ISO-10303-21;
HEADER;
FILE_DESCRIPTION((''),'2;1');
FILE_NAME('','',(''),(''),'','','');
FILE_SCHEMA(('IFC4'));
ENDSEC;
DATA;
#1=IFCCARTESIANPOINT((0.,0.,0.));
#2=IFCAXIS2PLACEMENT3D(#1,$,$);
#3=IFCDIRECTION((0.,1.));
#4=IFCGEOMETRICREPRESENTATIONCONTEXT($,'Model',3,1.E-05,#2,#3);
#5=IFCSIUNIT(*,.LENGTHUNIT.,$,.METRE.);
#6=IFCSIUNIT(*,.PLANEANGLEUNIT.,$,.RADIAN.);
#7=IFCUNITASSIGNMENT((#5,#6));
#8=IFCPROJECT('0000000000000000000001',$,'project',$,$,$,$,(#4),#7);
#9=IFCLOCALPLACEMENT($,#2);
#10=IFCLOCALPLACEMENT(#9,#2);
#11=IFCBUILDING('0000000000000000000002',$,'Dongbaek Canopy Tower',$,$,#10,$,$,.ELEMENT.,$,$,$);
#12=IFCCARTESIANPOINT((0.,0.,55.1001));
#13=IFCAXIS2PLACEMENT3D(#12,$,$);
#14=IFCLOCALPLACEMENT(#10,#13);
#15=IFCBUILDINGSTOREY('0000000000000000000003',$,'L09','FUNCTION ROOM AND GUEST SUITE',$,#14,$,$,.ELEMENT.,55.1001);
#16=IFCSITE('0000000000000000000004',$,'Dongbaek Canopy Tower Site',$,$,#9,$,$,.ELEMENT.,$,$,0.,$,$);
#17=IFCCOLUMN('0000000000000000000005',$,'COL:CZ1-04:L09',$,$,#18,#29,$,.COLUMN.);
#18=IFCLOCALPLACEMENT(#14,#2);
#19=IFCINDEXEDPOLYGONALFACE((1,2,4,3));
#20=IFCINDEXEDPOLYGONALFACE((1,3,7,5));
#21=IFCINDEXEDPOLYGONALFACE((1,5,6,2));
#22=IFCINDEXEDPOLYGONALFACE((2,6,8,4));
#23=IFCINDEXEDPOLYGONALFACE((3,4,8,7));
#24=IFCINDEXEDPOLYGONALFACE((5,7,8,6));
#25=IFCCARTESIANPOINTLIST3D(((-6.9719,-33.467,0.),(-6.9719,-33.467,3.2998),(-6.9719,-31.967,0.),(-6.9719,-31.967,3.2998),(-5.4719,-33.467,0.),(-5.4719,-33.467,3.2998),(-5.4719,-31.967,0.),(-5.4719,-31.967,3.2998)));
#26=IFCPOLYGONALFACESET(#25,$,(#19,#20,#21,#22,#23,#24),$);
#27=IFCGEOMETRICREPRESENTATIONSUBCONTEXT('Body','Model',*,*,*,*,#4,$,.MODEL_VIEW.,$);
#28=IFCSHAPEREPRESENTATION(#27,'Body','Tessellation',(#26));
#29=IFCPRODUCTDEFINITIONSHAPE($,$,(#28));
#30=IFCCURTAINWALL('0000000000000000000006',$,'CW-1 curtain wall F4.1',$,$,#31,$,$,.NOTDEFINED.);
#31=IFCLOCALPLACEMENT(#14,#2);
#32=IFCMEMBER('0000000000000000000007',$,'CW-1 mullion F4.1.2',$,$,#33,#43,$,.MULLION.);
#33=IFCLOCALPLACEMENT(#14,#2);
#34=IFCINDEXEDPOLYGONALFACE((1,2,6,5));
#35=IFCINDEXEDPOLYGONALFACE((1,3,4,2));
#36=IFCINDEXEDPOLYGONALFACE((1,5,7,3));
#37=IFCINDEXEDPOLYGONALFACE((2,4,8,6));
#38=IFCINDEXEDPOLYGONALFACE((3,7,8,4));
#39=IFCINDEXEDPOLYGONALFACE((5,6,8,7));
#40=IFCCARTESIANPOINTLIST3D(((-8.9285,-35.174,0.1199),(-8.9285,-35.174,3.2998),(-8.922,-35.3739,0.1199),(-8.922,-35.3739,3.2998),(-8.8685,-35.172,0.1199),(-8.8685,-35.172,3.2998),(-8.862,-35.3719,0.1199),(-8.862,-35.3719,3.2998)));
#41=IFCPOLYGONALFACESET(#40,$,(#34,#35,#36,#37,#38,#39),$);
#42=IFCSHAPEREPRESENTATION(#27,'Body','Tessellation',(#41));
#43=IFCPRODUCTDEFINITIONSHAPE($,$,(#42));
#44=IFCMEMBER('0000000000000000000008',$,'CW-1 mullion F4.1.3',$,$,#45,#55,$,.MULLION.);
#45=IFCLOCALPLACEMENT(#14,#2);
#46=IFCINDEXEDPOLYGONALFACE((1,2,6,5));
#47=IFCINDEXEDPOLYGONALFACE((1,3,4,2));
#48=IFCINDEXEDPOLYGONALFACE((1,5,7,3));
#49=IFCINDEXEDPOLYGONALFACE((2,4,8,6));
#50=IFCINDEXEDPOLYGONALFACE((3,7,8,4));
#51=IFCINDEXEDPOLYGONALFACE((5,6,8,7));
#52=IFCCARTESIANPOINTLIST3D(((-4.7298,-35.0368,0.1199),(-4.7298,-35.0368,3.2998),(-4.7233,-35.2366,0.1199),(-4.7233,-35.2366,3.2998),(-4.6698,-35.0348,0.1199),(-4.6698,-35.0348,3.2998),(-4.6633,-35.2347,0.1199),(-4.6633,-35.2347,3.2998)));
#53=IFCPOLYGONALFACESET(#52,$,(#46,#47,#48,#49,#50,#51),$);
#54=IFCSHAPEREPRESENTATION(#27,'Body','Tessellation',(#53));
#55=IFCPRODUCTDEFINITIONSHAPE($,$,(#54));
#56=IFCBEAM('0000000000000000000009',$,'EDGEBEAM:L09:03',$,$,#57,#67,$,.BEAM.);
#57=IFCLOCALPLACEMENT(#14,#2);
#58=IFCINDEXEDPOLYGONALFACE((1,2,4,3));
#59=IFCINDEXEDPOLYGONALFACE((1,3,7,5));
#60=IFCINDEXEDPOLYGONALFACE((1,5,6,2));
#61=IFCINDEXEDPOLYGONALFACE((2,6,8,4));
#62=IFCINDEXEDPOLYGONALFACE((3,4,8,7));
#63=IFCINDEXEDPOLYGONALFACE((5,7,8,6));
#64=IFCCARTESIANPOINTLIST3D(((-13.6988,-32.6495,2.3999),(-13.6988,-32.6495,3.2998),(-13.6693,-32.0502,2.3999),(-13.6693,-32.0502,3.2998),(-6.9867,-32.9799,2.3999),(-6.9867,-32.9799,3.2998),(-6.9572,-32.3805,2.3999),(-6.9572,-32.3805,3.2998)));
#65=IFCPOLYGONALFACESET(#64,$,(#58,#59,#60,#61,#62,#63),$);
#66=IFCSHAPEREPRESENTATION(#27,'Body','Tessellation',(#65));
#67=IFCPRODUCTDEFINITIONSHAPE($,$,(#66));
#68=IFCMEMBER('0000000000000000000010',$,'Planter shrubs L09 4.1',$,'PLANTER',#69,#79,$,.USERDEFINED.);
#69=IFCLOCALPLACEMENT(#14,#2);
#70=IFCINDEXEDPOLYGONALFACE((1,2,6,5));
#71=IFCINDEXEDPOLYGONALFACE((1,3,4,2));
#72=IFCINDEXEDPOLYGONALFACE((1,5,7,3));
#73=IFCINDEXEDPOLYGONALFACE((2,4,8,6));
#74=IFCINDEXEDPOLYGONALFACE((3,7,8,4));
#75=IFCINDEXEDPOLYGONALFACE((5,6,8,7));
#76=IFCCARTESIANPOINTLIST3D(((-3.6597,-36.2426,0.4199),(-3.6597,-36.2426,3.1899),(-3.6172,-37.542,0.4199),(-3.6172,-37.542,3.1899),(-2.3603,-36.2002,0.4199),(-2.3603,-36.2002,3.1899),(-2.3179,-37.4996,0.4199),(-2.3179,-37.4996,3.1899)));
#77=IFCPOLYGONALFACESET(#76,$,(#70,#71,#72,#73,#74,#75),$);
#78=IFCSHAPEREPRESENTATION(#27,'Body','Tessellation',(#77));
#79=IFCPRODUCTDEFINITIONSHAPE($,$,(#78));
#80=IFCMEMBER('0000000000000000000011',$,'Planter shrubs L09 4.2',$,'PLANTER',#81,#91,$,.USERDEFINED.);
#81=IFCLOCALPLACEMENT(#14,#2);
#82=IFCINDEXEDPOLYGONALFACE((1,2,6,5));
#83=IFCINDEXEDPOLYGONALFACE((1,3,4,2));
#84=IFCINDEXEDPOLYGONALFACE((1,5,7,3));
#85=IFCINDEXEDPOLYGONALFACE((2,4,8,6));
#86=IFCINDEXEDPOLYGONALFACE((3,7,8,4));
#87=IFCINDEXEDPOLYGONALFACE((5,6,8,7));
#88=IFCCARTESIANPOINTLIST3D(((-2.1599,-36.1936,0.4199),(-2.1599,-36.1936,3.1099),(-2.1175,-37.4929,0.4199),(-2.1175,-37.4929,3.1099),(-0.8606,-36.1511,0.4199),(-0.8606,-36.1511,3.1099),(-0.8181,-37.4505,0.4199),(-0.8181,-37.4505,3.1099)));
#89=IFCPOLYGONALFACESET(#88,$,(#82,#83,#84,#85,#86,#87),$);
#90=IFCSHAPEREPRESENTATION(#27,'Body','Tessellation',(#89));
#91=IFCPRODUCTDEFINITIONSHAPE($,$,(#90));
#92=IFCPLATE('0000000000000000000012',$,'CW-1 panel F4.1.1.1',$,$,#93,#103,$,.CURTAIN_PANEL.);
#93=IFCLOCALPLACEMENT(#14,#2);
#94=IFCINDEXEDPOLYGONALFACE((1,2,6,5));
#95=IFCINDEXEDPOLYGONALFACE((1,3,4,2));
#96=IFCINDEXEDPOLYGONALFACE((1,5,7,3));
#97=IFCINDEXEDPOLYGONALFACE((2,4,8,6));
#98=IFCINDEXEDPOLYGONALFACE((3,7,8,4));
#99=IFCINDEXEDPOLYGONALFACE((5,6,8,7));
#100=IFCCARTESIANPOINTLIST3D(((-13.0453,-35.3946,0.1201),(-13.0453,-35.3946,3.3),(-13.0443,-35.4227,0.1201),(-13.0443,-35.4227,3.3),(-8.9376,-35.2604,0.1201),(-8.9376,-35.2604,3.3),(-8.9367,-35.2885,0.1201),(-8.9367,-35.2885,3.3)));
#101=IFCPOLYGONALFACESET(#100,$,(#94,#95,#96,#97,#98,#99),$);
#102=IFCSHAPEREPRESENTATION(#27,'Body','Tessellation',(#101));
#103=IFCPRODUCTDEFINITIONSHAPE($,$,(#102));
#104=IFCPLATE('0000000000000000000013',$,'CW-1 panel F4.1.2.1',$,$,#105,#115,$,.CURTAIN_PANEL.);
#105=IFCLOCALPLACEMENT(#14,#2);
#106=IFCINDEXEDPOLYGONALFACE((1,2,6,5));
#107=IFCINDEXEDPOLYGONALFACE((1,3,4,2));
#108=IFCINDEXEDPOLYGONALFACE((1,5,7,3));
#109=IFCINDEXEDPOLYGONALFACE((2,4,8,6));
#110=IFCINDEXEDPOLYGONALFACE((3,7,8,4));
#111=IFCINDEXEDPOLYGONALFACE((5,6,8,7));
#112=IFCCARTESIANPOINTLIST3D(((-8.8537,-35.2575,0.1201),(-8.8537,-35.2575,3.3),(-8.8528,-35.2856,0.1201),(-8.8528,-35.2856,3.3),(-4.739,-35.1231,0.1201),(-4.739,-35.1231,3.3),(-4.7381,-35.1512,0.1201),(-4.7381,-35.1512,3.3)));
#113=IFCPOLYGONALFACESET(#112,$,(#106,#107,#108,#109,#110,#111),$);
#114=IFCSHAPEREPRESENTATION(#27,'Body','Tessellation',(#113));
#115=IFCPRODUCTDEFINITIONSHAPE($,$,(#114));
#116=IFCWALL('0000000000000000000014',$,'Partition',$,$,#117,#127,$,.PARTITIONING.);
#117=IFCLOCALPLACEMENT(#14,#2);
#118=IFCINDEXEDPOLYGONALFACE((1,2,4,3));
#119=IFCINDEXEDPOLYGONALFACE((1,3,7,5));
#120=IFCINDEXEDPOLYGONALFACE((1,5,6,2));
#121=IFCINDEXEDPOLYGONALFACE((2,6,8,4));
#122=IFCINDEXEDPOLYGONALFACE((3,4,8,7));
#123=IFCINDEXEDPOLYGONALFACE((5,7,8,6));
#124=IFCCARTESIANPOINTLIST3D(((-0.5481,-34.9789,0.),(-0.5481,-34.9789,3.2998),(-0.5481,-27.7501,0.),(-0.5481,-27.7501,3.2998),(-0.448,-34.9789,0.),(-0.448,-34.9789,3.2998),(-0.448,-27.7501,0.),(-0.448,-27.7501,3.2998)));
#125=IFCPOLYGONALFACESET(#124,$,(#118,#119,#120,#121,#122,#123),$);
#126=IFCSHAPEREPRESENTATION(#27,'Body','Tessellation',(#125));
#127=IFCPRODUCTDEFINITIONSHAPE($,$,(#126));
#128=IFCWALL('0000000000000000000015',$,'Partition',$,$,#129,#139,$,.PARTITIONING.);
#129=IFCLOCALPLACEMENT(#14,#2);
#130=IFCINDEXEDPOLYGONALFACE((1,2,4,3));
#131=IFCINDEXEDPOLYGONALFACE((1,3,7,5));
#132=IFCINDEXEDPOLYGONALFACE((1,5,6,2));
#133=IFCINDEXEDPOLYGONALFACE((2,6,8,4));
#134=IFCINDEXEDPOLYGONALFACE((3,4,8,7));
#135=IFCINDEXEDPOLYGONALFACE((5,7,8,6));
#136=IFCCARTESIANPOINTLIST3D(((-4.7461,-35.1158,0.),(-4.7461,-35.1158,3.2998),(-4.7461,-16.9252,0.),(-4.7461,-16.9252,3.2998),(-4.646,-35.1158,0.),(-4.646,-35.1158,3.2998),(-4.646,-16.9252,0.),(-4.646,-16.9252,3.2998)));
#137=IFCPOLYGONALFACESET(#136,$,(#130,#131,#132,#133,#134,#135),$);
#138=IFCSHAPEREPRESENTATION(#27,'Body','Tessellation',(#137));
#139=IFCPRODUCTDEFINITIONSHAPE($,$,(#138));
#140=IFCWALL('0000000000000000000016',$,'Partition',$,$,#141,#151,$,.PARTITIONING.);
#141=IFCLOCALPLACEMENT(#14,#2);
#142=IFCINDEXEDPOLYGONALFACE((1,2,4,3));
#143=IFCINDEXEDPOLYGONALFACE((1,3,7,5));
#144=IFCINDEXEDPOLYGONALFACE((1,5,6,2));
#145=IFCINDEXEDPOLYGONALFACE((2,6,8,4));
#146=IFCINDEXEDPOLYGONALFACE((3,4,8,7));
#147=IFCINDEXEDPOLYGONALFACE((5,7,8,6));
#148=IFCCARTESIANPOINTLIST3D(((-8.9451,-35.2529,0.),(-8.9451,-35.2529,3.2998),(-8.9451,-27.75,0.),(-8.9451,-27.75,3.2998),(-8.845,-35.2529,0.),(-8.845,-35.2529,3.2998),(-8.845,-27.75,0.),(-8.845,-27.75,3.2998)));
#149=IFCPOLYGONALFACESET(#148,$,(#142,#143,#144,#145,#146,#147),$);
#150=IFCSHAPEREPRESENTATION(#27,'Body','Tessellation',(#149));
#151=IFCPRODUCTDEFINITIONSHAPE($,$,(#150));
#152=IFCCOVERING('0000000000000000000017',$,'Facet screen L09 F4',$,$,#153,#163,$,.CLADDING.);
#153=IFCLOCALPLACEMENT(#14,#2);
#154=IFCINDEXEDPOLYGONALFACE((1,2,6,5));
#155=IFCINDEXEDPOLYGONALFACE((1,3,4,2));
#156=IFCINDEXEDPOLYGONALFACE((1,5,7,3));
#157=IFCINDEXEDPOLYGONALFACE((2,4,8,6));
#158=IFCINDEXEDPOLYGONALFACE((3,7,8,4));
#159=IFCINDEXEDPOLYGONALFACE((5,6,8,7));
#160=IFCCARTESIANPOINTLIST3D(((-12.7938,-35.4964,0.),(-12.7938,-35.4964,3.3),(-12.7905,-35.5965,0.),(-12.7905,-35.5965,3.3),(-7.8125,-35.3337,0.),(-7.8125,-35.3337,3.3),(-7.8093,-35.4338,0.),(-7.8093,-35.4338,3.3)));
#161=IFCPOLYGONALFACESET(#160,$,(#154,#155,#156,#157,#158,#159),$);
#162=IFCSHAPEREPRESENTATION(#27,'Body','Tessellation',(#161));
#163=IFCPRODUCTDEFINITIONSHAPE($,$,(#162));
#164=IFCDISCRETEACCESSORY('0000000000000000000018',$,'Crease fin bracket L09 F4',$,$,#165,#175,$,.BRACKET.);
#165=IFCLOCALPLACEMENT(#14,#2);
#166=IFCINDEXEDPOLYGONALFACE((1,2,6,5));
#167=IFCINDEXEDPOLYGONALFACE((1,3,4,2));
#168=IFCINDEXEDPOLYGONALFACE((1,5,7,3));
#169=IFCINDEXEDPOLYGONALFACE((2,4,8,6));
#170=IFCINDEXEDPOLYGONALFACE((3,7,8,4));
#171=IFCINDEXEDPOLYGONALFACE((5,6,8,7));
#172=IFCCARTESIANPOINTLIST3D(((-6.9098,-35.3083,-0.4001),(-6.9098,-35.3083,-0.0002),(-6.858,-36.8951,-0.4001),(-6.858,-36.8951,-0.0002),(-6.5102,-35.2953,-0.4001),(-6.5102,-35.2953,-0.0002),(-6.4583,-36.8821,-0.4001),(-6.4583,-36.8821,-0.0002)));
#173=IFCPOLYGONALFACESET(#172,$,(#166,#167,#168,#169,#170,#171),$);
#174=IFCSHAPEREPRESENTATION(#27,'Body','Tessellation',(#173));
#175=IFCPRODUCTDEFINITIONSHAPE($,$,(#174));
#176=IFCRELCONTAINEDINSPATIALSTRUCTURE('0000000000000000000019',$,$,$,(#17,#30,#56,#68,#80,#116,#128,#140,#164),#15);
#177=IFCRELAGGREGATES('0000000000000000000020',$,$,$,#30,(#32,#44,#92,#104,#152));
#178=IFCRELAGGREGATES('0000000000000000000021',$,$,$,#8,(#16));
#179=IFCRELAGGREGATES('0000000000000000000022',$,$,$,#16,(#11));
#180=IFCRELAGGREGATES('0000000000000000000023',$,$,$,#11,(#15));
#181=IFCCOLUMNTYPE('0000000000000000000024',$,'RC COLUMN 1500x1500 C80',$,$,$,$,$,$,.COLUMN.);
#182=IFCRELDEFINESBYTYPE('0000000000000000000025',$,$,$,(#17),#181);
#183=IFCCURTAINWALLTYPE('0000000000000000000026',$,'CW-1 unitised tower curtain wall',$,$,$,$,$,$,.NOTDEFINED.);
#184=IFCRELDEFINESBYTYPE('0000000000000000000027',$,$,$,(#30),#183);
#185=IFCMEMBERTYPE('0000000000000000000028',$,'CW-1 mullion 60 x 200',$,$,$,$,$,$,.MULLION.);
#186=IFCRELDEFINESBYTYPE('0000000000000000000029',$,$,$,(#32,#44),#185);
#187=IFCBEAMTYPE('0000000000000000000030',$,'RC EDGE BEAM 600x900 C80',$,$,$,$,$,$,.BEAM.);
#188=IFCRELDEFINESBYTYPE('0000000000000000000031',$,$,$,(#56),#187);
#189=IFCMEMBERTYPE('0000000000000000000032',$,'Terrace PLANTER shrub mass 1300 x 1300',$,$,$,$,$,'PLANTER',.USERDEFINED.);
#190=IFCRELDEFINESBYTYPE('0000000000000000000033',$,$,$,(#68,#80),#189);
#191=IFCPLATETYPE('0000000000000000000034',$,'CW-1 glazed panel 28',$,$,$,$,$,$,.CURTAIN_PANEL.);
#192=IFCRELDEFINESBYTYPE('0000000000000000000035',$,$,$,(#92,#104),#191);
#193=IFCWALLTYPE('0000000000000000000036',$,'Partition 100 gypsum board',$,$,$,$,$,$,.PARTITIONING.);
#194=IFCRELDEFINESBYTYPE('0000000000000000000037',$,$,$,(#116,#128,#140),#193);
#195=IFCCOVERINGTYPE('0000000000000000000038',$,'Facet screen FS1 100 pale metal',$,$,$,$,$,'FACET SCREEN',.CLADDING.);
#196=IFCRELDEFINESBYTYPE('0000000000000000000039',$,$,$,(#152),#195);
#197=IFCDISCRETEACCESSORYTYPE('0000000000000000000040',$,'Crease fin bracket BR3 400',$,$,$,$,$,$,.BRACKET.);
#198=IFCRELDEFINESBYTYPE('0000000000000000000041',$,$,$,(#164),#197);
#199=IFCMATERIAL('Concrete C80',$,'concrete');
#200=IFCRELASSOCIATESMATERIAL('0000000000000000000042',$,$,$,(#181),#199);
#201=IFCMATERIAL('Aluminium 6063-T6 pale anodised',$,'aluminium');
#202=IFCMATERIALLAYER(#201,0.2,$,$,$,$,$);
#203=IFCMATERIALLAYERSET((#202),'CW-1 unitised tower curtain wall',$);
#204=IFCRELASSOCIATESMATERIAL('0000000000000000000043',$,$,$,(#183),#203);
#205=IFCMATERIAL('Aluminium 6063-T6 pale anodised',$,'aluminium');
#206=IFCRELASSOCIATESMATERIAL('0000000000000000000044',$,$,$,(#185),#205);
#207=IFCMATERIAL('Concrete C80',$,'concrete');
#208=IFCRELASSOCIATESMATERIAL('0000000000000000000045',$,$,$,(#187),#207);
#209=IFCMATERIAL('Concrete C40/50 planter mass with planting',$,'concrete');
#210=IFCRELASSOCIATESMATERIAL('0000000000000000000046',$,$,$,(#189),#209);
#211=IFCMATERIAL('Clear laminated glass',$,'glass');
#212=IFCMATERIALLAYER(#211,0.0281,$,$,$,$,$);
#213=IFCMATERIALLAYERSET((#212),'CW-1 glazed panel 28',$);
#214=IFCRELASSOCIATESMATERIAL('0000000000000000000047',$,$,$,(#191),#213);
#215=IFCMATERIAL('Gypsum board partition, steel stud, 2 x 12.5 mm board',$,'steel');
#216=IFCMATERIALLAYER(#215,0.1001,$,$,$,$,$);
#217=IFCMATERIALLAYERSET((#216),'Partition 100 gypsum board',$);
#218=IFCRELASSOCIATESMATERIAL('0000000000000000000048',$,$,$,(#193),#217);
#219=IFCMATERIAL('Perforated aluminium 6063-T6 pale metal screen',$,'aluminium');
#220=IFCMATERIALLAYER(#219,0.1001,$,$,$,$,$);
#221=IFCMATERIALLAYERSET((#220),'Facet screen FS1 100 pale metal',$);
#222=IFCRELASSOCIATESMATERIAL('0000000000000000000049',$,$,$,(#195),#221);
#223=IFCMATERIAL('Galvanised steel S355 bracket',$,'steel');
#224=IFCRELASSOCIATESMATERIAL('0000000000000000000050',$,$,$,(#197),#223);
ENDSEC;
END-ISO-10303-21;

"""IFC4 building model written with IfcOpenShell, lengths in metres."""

from ifc_helpers import new_model, si_unit, direction, frame, frame_2d, origin, origin_2d, place, context, subcontext, project, spatial, rectangle, extrude, material, layer, layer_set, material_profile, profile_set, type_object, element, aggregate, save


model = new_model("IFC4")

# Units and contexts
model_context = context("Model", 3, precision=1e-05, world=origin(), true_north=direction((0.0, 1.0)))
body_context = subcontext(model_context, "Body", "Model", "MODEL_VIEW")
ifc_project = project(units=[si_unit("LENGTHUNIT", "METRE"), si_unit("PLANEANGLEUNIT", "RADIAN")], contexts=[model_context])

# Site, building, storey
site_placement = place(None, origin())
site = spatial("IfcSite", under=ifc_project, at=site_placement, Name="Dongbaek Canopy Tower Site", CompositionType="ELEMENT", RefElevation=0.0)
building_placement = place(site_placement, origin())
building = spatial("IfcBuilding", under=site, at=building_placement, Name="Dongbaek Canopy Tower", CompositionType="ELEMENT")
storey_placement = place(building_placement, frame((0.0, 0.0, 55.1001)))
storey = spatial("IfcBuildingStorey", under=building, at=storey_placement, Name="L09", Description="FUNCTION ROOM AND GUEST SUITE", CompositionType="ELEMENT", Elevation=55.1001)

# Column
ifc_material_1 = material(Name="Concrete C80", Category="concrete")
ifc_material_profile_1 = material_profile(ifc_material_1, rectangle(XDim=1.5, YDim=1.5, at=origin_2d()), Name="RC COLUMN 1500x1500 C80")
ifc_profile_set_1 = profile_set([ifc_material_profile_1], Name="Concrete C80")
column_type = type_object("IfcColumnType", Name="RC COLUMN 1500x1500 C80", PredefinedType="COLUMN", material=ifc_profile_set_1)
column_placement = place(storey_placement, frame((-6.2219, -32.717, 0.0), z_axis=(0.0, 0.0, 1.0), x_axis=(1.0, 0.0, 0.0)))
element("IfcColumn", 1, at=column_placement, inside=storey, type_object=column_type, Name="COL:CZ1-04:L09", PredefinedType="COLUMN", context=body_context, shape_type="SweptSolid", body=[
    extrude(rectangle(XDim=1.5, YDim=1.5, at=origin_2d()), origin(), (0.0, 0.0, 1.0), 3.2998),
])

# Curtain wall, members
ifc_material_2 = material(Name="Aluminium 6063-T6 pale anodised", Category="aluminium")
ifc_layer_1 = layer(ifc_material_2, 0.2)
ifc_layer_set_1 = layer_set([ifc_layer_1], Name="CW-1 unitised tower curtain wall")
curtain_wall_type = type_object("IfcCurtainWallType", Name="CW-1 unitised tower curtain wall", PredefinedType="NOTDEFINED", material=ifc_layer_set_1)
curtain_wall_placement = place(storey_placement, origin())
curtain_wall = element("IfcCurtainWall", 2, at=curtain_wall_placement, inside=storey, type_object=curtain_wall_type, Name="CW-1 curtain wall F4.1", PredefinedType="NOTDEFINED")
ifc_material_3 = material(Name="Aluminium 6063-T6 pale anodised", Category="aluminium")
ifc_material_profile_2 = material_profile(ifc_material_3, rectangle(XDim=0.2, YDim=0.0601, at=origin_2d()), Name="CW-1 mullion 60 x 200")
ifc_profile_set_2 = profile_set([ifc_material_profile_2], Name="Aluminium 6063-T6 pale anodised")
member_type_1 = type_object("IfcMemberType", Name="CW-1 mullion 60 x 200", PredefinedType="MULLION", material=ifc_profile_set_2)
member_1_placement = place(storey_placement, frame((-8.8953, -35.2729, 0.1199), z_axis=(0.0, 0.0, 1.0), x_axis=(0.032646, -0.999467, 0.0)))
member_1 = element("IfcMember", 3, at=member_1_placement, type_object=member_type_1, Name="CW-1 mullion F4.1.2", PredefinedType="MULLION", context=body_context, shape_type="SweptSolid", body=[
    extrude(rectangle(XDim=0.2, YDim=0.0601, at=origin_2d()), origin(), (0.0, 0.0, 1.0), 3.1799),
])
member_2_placement = place(storey_placement, frame((-4.6965, -35.1357, 0.1199), z_axis=(0.0, 0.0, 1.0), x_axis=(0.032646, -0.999467, 0.0)))
member_2 = element("IfcMember", 4, at=member_2_placement, type_object=member_type_1, Name="CW-1 mullion F4.1.3", PredefinedType="MULLION", context=body_context, shape_type="SweptSolid", body=[
    extrude(rectangle(XDim=0.2, YDim=0.0601, at=origin_2d()), origin(), (0.0, 0.0, 1.0), 3.1799),
])

# Beam
ifc_material_4 = material(Name="Concrete C80", Category="concrete")
ifc_material_profile_3 = material_profile(ifc_material_4, rectangle(XDim=0.6001, YDim=0.8999, at=origin_2d()), Name="RC EDGE BEAM 600x900 C80")
ifc_profile_set_3 = profile_set([ifc_material_profile_3], Name="Concrete C80")
beam_type = type_object("IfcBeamType", Name="RC EDGE BEAM 600x900 C80", PredefinedType="BEAM", material=ifc_profile_set_3)
beam_placement = place(storey_placement, frame((-6.9719, -32.6802, 2.8499), z_axis=(-0.998791, 0.049153, 0.0), x_axis=(-0.049153, -0.998791, 0.0)))
element("IfcBeam", 5, at=beam_placement, inside=storey, type_object=beam_type, Name="EDGEBEAM:L09:03", PredefinedType="BEAM", context=body_context, shape_type="SweptSolid", body=[
    extrude(rectangle(XDim=0.6001, YDim=0.8999, at=origin_2d()), origin(), (0.0, 0.0, 1.0), 6.7202),
])

# Members
ifc_material_5 = material(Name="Concrete C40/50 planter mass with planting", Category="concrete")
ifc_material_profile_4 = material_profile(ifc_material_5, rectangle(XDim=1.3, YDim=1.3, at=origin_2d()), Name="Terrace PLANTER shrub mass 1300 x 1300")
ifc_profile_set_4 = profile_set([ifc_material_profile_4], Name="Concrete C40/50 planter mass with planting")
member_type_2 = type_object("IfcMemberType", Name="Terrace PLANTER shrub mass 1300 x 1300", ElementType="PLANTER", PredefinedType="USERDEFINED", material=ifc_profile_set_4)
member_3_placement = place(storey_placement, frame((-2.9888, -36.8711, 0.4199), z_axis=(0.0, 0.0, 1.0), x_axis=(0.032646, -0.999467, 0.0)))
element("IfcMember", 6, at=member_3_placement, inside=storey, type_object=member_type_2, Name="Planter shrubs L09 4.1", ObjectType="PLANTER", PredefinedType="USERDEFINED", context=body_context, shape_type="SweptSolid", body=[
    extrude(rectangle(XDim=1.3, YDim=1.3, at=origin_2d()), origin(), (0.0, 0.0, 1.0), 2.77),
])
member_4_placement = place(storey_placement, frame((-1.489, -36.822, 0.4199), z_axis=(0.0, 0.0, 1.0), x_axis=(0.032646, -0.999467, 0.0)))
element("IfcMember", 7, at=member_4_placement, inside=storey, type_object=member_type_2, Name="Planter shrubs L09 4.2", ObjectType="PLANTER", PredefinedType="USERDEFINED", context=body_context, shape_type="SweptSolid", body=[
    extrude(rectangle(XDim=1.3, YDim=1.3, at=origin_2d()), origin(), (0.0, 0.0, 1.0), 2.6899),
])

# Plates
ifc_material_6 = material(Name="Clear laminated glass", Category="glass")
ifc_layer_2 = layer(ifc_material_6, 0.0281)
ifc_layer_set_2 = layer_set([ifc_layer_2], Name="CW-1 glazed panel 28")
plate_type = type_object("IfcPlateType", Name="CW-1 glazed panel 28", PredefinedType="CURTAIN_PANEL", material=ifc_layer_set_2)
plate_1_placement = place(storey_placement, frame((-10.991, -35.3416, 0.1201), z_axis=(0.0, 0.0, 1.0), x_axis=(0.999467, 0.032646, 0.0)))
plate_1 = element("IfcPlate", 8, at=plate_1_placement, type_object=plate_type, Name="CW-1 panel F4.1.1.1", PredefinedType="CURTAIN_PANEL", context=body_context, shape_type="SweptSolid", body=[
    extrude(rectangle(XDim=4.1099, YDim=0.0281, at=origin_2d()), origin(), (0.0, 0.0, 1.0), 3.1799),
])
plate_2_placement = place(storey_placement, frame((-6.7959, -35.2043, 0.1201), z_axis=(0.0, 0.0, 1.0), x_axis=(0.999467, 0.032646, 0.0)))
plate_2 = element("IfcPlate", 9, at=plate_2_placement, type_object=plate_type, Name="CW-1 panel F4.1.2.1", PredefinedType="CURTAIN_PANEL", context=body_context, shape_type="SweptSolid", body=[
    extrude(rectangle(XDim=4.1169, YDim=0.0281, at=origin_2d()), origin(), (0.0, 0.0, 1.0), 3.1799),
])

# Walls
ifc_material_7 = material(Name="Gypsum board partition, steel stud, 2 x 12.5 mm board", Category="steel")
ifc_layer_3 = layer(ifc_material_7, 0.1001)
ifc_layer_set_3 = layer_set([ifc_layer_3], Name="Partition 100 gypsum board")
wall_type_1 = type_object("IfcWallType", Name="Partition 100 gypsum board", PredefinedType="PARTITIONING", material=ifc_layer_set_3)
wall_1_placement = place(storey_placement, frame((-0.498, -34.9788, 0.0), z_axis=(0.0, 0.0, 1.0), x_axis=(0.0, 1.0, 0.0)))
element("IfcWall", 10, at=wall_1_placement, inside=storey, type_object=wall_type_1, Name="Partition", PredefinedType="PARTITIONING", context=body_context, shape_type="SweptSolid", body=[
    extrude(rectangle(XDim=7.2288, YDim=0.1001, at=frame_2d((3.6143, 0.0))), origin(), (0.0, 0.0, 1.0), 3.2998),
])
wall_2_placement = place(storey_placement, frame((-4.696, -35.1157, 0.0), z_axis=(0.0, 0.0, 1.0), x_axis=(0.0, 1.0, 0.0)))
element("IfcWall", 11, at=wall_2_placement, inside=storey, type_object=wall_type_1, Name="Partition", PredefinedType="PARTITIONING", context=body_context, shape_type="SweptSolid", body=[
    extrude(rectangle(XDim=18.1907, YDim=0.1001, at=frame_2d((9.0952, 0.0))), origin(), (0.0, 0.0, 1.0), 3.2998),
])
wall_3_placement = place(storey_placement, frame((-8.895, -35.2529, 0.0), z_axis=(0.0, 0.0, 1.0), x_axis=(0.0, 1.0, 0.0)))
element("IfcWall", 12, at=wall_3_placement, inside=storey, type_object=wall_type_1, Name="Partition", PredefinedType="PARTITIONING", context=body_context, shape_type="SweptSolid", body=[
    extrude(rectangle(XDim=7.5029, YDim=0.1001, at=frame_2d((3.7515, 0.0))), origin(), (0.0, 0.0, 1.0), 3.2998),
])

# Covering
ifc_material_8 = material(Name="Perforated aluminium 6063-T6 pale metal screen", Category="aluminium")
ifc_layer_4 = layer(ifc_material_8, 0.1001)
ifc_layer_set_4 = layer_set([ifc_layer_4], Name="Facet screen FS1 100 pale metal")
covering_type = type_object("IfcCoveringType", Name="Facet screen FS1 100 pale metal", ElementType="FACET SCREEN", PredefinedType="CLADDING", material=ifc_layer_set_4)
covering_placement = place(storey_placement, frame((-10.3015, -35.4651, 0.0), z_axis=(0.0, 0.0, 1.0), x_axis=(0.999467, 0.032646, 0.0)))
covering = element("IfcCovering", 13, at=covering_placement, type_object=covering_type, Name="Facet screen L09 F4", PredefinedType="CLADDING", context=body_context, shape_type="SweptSolid", body=[
    extrude(rectangle(XDim=4.9839, YDim=0.1001, at=origin_2d()), origin(), (0.0, 0.0, 1.0), 3.3),
])
aggregate(curtain_wall, [member_1, member_2, plate_1, plate_2, covering])

# Discrete accessory
ifc_material_9 = material(Name="Galvanised steel S355 bracket", Category="steel")
discrete_accessory_type = type_object("IfcDiscreteAccessoryType", Name="Crease fin bracket BR3 400", PredefinedType="BRACKET", material=ifc_material_9)
discrete_accessory_placement = place(storey_placement, frame((-6.6841, -36.0952, -0.4001), z_axis=(0.0, 0.0, 1.0), x_axis=(0.032646, -0.999467, 0.0)))
element("IfcDiscreteAccessory", 14, at=discrete_accessory_placement, inside=storey, type_object=discrete_accessory_type, Name="Crease fin bracket L09 F4", PredefinedType="BRACKET", context=body_context, shape_type="SweptSolid", body=[
    extrude(rectangle(XDim=1.5876, YDim=0.3999, at=origin_2d()), origin(), (0.0, 0.0, 1.0), 0.3999),
])

save(model, "model.ifc")
